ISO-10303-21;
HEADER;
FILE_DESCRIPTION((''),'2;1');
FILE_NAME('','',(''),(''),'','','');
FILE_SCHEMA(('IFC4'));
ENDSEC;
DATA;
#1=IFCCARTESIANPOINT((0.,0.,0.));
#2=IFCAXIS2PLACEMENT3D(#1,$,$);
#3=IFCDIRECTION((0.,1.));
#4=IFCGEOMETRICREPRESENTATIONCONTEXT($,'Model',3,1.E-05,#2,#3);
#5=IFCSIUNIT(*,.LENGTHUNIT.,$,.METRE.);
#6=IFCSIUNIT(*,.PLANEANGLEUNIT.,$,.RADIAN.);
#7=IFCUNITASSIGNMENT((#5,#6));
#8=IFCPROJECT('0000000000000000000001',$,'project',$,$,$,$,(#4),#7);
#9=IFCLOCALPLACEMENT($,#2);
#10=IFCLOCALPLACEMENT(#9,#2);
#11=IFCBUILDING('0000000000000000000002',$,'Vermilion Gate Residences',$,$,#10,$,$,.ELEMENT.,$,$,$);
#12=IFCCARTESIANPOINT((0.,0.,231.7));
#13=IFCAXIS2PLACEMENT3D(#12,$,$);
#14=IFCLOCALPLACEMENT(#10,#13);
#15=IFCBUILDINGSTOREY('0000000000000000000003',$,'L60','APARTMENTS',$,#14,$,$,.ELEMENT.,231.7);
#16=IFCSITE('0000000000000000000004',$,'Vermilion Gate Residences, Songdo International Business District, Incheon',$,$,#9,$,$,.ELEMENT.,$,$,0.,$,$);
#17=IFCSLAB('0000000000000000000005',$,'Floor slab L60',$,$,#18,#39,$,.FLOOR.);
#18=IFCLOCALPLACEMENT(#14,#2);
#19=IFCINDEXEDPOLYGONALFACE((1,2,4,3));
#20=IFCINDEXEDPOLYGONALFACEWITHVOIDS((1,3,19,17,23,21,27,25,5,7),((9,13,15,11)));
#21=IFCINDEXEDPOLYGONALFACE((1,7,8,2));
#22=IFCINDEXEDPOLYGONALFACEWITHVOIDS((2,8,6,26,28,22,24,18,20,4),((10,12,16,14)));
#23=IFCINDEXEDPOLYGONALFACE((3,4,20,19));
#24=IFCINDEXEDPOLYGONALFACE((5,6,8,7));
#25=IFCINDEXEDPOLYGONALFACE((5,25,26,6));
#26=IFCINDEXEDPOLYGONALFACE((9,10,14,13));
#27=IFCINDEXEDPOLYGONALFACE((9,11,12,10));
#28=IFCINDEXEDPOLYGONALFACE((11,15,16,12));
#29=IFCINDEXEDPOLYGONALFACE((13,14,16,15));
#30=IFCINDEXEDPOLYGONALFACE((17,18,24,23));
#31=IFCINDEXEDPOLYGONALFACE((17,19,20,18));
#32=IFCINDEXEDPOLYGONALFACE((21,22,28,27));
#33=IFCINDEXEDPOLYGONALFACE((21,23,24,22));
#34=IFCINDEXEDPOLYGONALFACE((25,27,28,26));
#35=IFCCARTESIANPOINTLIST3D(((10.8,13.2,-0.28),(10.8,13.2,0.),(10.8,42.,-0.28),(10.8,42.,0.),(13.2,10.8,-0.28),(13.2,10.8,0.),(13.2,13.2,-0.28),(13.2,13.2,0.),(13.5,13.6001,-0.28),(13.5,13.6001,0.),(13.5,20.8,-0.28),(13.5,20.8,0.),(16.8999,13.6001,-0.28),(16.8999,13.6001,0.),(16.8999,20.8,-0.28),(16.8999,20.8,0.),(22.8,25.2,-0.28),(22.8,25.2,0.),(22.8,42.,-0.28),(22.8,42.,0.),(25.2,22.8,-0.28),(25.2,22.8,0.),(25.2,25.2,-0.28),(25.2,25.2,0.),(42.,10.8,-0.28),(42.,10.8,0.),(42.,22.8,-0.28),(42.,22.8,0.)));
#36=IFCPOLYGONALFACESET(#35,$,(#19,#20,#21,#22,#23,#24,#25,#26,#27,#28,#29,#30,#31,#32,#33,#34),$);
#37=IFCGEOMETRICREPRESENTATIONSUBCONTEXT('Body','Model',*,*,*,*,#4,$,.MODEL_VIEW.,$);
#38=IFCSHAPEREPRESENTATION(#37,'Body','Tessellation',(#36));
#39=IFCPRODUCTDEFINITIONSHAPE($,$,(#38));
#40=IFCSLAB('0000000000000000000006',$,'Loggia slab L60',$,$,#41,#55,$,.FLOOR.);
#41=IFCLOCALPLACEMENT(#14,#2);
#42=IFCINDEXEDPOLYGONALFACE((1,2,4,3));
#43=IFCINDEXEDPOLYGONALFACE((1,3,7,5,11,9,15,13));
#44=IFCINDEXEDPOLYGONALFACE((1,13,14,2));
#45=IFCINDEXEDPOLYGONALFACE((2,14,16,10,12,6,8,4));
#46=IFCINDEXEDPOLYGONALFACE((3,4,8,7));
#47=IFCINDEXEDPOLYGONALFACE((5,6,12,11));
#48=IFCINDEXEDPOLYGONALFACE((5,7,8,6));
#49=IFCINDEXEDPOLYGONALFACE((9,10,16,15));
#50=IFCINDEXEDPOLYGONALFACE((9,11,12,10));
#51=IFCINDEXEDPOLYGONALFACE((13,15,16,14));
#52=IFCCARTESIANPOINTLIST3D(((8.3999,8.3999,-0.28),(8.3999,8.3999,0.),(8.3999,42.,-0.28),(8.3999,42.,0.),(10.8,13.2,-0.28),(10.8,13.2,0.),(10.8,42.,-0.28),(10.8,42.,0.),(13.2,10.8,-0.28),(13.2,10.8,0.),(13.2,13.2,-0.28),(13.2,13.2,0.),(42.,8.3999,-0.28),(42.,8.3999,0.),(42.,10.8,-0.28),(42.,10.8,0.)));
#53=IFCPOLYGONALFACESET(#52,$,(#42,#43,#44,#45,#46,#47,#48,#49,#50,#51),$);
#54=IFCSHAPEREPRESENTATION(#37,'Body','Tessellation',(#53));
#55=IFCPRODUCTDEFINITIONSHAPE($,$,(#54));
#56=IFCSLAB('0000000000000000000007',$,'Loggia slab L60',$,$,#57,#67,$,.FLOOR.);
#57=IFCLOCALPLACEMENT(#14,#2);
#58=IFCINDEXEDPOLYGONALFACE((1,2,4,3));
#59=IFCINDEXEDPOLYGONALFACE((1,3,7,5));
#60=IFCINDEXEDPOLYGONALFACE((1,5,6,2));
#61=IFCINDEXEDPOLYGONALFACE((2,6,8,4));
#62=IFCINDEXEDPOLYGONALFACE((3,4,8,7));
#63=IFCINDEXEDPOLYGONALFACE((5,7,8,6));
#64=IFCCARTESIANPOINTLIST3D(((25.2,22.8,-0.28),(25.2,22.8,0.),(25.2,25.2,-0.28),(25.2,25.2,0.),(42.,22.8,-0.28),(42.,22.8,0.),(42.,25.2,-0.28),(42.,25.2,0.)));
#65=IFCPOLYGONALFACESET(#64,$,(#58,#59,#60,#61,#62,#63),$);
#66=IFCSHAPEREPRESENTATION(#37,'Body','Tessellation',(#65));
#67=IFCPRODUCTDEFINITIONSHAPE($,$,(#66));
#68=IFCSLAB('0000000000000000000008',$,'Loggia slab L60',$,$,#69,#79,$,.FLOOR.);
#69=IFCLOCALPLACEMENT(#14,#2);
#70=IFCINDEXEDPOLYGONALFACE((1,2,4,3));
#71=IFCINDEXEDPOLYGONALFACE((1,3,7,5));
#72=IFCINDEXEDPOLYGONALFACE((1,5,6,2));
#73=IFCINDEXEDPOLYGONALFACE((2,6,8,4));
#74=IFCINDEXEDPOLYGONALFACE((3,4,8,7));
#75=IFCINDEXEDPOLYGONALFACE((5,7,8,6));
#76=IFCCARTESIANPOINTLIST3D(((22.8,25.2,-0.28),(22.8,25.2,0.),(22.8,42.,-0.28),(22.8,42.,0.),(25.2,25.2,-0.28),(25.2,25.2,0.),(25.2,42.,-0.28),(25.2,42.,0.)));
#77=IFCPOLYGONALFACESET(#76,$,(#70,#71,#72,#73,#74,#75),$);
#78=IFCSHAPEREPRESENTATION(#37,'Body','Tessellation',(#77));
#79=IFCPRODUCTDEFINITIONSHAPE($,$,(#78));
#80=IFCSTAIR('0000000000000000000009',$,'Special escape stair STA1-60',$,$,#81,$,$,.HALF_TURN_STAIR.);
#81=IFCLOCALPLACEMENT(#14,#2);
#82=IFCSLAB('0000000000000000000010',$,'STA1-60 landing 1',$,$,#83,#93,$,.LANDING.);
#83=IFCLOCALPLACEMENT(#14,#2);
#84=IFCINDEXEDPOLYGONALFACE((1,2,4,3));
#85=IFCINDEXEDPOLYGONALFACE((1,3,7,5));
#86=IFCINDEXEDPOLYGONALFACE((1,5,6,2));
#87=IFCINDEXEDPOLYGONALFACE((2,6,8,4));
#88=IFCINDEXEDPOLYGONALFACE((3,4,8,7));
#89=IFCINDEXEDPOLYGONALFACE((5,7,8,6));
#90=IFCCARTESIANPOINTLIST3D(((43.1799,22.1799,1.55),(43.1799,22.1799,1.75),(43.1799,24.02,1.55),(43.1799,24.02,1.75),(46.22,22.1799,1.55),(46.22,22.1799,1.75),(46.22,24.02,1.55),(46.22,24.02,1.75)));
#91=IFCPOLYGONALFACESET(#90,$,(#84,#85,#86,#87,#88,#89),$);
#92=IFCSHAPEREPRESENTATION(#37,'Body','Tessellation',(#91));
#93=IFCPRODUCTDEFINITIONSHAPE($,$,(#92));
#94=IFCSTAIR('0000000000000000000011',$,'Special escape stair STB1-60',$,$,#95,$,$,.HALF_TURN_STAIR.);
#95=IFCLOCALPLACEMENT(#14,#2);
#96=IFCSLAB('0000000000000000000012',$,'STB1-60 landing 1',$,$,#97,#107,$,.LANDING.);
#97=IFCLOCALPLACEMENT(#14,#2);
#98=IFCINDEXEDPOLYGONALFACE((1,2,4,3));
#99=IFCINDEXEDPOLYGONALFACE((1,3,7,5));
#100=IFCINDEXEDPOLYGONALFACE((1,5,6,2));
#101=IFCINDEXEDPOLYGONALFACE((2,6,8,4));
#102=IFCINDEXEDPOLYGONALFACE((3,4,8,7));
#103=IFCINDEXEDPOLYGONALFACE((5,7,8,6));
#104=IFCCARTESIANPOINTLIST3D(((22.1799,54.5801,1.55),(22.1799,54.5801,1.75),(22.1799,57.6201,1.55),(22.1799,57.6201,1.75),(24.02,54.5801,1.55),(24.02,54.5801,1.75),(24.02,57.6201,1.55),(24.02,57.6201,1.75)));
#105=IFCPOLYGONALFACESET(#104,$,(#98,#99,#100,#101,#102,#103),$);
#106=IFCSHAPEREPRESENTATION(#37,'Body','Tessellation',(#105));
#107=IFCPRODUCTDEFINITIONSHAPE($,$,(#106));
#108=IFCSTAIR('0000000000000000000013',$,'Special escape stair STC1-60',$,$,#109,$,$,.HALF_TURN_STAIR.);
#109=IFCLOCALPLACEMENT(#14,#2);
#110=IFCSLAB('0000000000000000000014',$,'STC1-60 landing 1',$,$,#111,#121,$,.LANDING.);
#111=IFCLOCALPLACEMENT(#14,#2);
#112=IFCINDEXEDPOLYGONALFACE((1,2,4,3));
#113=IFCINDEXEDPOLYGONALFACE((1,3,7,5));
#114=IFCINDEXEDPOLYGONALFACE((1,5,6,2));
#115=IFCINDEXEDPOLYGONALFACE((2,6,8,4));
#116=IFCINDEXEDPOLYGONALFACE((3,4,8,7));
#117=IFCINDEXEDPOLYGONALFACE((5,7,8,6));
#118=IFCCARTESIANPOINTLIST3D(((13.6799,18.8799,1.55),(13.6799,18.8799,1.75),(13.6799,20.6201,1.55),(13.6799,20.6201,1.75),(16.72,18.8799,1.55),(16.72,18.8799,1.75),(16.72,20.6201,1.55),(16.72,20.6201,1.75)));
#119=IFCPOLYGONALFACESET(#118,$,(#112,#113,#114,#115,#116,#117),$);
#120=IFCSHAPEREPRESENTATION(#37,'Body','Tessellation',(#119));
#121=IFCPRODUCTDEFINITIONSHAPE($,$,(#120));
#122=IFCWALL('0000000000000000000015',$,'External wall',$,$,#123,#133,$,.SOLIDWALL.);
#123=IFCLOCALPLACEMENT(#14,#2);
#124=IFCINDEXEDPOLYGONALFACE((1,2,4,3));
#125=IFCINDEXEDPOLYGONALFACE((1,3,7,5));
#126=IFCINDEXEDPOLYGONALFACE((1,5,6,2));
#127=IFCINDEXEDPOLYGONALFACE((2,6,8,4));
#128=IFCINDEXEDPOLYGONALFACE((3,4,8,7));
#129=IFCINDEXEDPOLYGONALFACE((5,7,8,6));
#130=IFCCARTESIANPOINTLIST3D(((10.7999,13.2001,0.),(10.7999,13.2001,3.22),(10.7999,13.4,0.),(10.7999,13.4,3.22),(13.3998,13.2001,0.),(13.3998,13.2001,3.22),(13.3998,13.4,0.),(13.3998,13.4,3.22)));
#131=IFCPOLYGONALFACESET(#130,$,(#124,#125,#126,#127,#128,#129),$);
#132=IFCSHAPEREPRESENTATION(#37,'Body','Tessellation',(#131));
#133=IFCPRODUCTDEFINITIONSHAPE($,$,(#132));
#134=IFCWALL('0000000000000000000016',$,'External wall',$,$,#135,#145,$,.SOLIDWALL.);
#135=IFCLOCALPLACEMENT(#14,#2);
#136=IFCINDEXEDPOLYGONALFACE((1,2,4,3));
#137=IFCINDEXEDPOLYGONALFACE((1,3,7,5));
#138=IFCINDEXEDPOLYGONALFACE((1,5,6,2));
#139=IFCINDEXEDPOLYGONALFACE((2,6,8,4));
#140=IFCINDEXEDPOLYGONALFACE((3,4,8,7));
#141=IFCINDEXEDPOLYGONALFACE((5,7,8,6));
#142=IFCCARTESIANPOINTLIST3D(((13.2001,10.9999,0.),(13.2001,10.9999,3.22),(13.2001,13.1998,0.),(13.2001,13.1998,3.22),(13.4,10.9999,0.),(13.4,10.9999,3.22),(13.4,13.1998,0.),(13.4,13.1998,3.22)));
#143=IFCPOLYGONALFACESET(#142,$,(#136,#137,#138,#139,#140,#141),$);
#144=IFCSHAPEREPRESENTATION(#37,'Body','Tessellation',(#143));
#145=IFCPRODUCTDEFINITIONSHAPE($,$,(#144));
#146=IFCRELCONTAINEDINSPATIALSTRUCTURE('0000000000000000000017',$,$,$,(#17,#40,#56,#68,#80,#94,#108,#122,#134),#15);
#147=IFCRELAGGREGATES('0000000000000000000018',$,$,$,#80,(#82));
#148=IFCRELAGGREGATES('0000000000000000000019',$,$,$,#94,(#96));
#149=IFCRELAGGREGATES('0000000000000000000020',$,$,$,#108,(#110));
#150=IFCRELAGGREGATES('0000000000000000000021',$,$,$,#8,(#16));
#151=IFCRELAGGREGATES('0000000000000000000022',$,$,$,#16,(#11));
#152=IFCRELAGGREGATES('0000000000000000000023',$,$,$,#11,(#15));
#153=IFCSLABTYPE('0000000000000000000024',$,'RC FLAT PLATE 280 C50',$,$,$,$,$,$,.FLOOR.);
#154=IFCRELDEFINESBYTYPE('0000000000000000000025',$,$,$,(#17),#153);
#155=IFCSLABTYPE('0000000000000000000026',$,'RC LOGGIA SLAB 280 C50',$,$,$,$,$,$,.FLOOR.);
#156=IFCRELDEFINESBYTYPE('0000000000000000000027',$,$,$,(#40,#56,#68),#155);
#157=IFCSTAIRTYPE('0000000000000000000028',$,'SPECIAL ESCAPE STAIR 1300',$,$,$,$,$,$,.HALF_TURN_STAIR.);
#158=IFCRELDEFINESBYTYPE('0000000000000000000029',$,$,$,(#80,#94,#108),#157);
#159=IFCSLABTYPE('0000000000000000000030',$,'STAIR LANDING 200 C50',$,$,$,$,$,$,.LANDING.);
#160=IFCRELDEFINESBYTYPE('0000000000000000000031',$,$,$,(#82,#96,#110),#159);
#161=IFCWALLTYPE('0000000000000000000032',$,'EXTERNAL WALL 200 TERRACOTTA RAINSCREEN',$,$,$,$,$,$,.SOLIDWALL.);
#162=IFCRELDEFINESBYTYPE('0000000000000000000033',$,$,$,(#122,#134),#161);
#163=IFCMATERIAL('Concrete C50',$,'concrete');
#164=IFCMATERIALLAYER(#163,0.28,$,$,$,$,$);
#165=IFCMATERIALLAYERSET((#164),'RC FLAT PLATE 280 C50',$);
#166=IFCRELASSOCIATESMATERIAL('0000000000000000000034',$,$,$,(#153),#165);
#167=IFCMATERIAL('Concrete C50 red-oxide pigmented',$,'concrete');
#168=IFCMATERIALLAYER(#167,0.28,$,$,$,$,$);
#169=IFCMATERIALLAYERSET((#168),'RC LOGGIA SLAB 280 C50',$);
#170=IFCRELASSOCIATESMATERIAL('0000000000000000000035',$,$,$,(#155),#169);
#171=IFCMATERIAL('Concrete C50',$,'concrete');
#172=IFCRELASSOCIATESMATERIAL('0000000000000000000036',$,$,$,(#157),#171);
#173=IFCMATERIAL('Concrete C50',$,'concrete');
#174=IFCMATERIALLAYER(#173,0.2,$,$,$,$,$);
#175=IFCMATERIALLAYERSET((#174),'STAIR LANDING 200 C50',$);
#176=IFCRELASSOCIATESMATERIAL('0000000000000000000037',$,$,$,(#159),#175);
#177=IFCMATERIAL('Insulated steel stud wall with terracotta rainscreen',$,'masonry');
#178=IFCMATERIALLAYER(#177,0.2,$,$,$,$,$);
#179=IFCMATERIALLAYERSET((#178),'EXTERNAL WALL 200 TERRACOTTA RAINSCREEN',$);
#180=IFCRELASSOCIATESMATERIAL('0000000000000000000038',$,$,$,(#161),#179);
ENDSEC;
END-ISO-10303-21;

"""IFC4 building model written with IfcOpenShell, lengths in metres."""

from ifc_helpers import new_model, si_unit, direction, frame, frame_2d, origin, place, context, subcontext, project, spatial, polyline, rectangle, outline, extrude, material, layer, layer_set, type_object, element, aggregate, save


model = new_model("IFC4")

# Units and contexts
model_context = context("Model", 3, precision=1e-05, world=origin(), true_north=direction((0.0, 1.0)))
body_context = subcontext(model_context, "Body", "Model", "MODEL_VIEW")
ifc_project = project(units=[si_unit("LENGTHUNIT", "METRE"), si_unit("PLANEANGLEUNIT", "RADIAN")], contexts=[model_context])

# Site, building, storey
site_placement = place(None, origin())
site = spatial("IfcSite", under=ifc_project, at=site_placement, Name="Vermilion Gate Residences, Songdo International Business District, Incheon", CompositionType="ELEMENT", RefElevation=0.0)
building_placement = place(site_placement, origin())
building = spatial("IfcBuilding", under=site, at=building_placement, Name="Vermilion Gate Residences", CompositionType="ELEMENT")
storey_placement = place(building_placement, frame((0.0, 0.0, 231.7)))
storey = spatial("IfcBuildingStorey", under=building, at=storey_placement, Name="L60", Description="APARTMENTS", CompositionType="ELEMENT", Elevation=231.7)

# Slabs
ifc_material_1 = material(Name="Concrete C50", Category="concrete")
ifc_layer_1 = layer(ifc_material_1, 0.28)
ifc_layer_set_1 = layer_set([ifc_layer_1], Name="RC FLAT PLATE 280 C50")
slab_type_1 = type_object("IfcSlabType", Name="RC FLAT PLATE 280 C50", PredefinedType="FLOOR", material=ifc_layer_set_1)
slab_1_placement = place(storey_placement, frame((0.0, 0.0, -0.28)))
element("IfcSlab", 1, at=slab_1_placement, inside=storey, type_object=slab_type_1, Name="Floor slab L60", PredefinedType="FLOOR", context=body_context, shape_type="SweptSolid", body=[
    extrude(outline(polyline([(22.8, 25.2), (22.8, 42.0), (10.8, 42.0), (10.8, 13.2), (13.2, 13.2), (13.2, 10.8), (42.0, 10.8), (42.0, 22.8), (25.2, 22.8), (25.2, 25.2), (22.8, 25.2)]), holes=[polyline([(13.5, 13.6001), (13.5, 20.8), (16.8999, 20.8), (16.8999, 13.6001), (13.5, 13.6001)])]), origin(), (0.0, 0.0, 1.0), 0.28),
])
ifc_material_2 = material(Name="Concrete C50 red-oxide pigmented", Category="concrete")
ifc_layer_2 = layer(ifc_material_2, 0.28)
ifc_layer_set_2 = layer_set([ifc_layer_2], Name="RC LOGGIA SLAB 280 C50")
slab_type_2 = type_object("IfcSlabType", Name="RC LOGGIA SLAB 280 C50", PredefinedType="FLOOR", material=ifc_layer_set_2)
slab_2_placement = place(storey_placement, frame((0.0, 0.0, -0.28)))
element("IfcSlab", 2, at=slab_2_placement, inside=storey, type_object=slab_type_2, Name="Loggia slab L60", PredefinedType="FLOOR", context=body_context, shape_type="SweptSolid", body=[
    extrude(outline(polyline([(8.3999, 8.3999), (42.0, 8.3999), (42.0, 10.8), (13.2, 10.8), (13.2, 13.2), (10.8, 13.2), (10.8, 42.0), (8.3999, 42.0), (8.3999, 8.3999)])), origin(), (0.0, 0.0, 1.0), 0.28),
])
slab_3_placement = place(storey_placement, frame((0.0, 0.0, -0.28)))
element("IfcSlab", 3, at=slab_3_placement, inside=storey, type_object=slab_type_2, Name="Loggia slab L60", PredefinedType="FLOOR", context=body_context, shape_type="SweptSolid", body=[
    extrude(outline(polyline([(25.2, 22.8), (42.0, 22.8), (42.0, 25.2), (25.2, 25.2), (25.2, 22.8)])), origin(), (0.0, 0.0, 1.0), 0.28),
])
slab_4_placement = place(storey_placement, frame((0.0, 0.0, -0.28)))
element("IfcSlab", 4, at=slab_4_placement, inside=storey, type_object=slab_type_2, Name="Loggia slab L60", PredefinedType="FLOOR", context=body_context, shape_type="SweptSolid", body=[
    extrude(outline(polyline([(25.2, 42.0), (22.8, 42.0), (22.8, 25.2), (25.2, 25.2), (25.2, 42.0)])), origin(), (0.0, 0.0, 1.0), 0.28),
])

# Stairs, slabs
ifc_material_3 = material(Name="Concrete C50", Category="concrete")
stair_type = type_object("IfcStairType", Name="SPECIAL ESCAPE STAIR 1300", PredefinedType="HALF_TURN_STAIR", material=ifc_material_3)
stair_1_placement = place(storey_placement, origin())
stair_1 = element("IfcStair", 5, at=stair_1_placement, inside=storey, type_object=stair_type, Name="Special escape stair STA1-60", PredefinedType="HALF_TURN_STAIR")
ifc_material_4 = material(Name="Concrete C50", Category="concrete")
ifc_layer_3 = layer(ifc_material_4, 0.2)
ifc_layer_set_3 = layer_set([ifc_layer_3], Name="STAIR LANDING 200 C50")
slab_type_3 = type_object("IfcSlabType", Name="STAIR LANDING 200 C50", PredefinedType="LANDING", material=ifc_layer_set_3)
slab_5_placement = place(storey_placement, frame((0.0, 0.0, 1.55)))
slab_5 = element("IfcSlab", 6, at=slab_5_placement, type_object=slab_type_3, Name="STA1-60 landing 1", PredefinedType="LANDING", context=body_context, shape_type="SweptSolid", body=[
    extrude(outline(polyline([(46.22, 22.1799), (46.22, 24.02), (43.1799, 24.02), (43.1799, 22.1799), (46.22, 22.1799)])), origin(), (0.0, 0.0, 1.0), 0.2),
])
aggregate(stair_1, [slab_5])
stair_2_placement = place(storey_placement, origin())
stair_2 = element("IfcStair", 7, at=stair_2_placement, inside=storey, type_object=stair_type, Name="Special escape stair STB1-60", PredefinedType="HALF_TURN_STAIR")
slab_6_placement = place(storey_placement, frame((0.0, 0.0, 1.55)))
slab_6 = element("IfcSlab", 8, at=slab_6_placement, type_object=slab_type_3, Name="STB1-60 landing 1", PredefinedType="LANDING", context=body_context, shape_type="SweptSolid", body=[
    extrude(outline(polyline([(24.02, 54.5801), (24.02, 57.6201), (22.1799, 57.6201), (22.1799, 54.5801), (24.02, 54.5801)])), origin(), (0.0, 0.0, 1.0), 0.2),
])
aggregate(stair_2, [slab_6])
stair_3_placement = place(storey_placement, origin())
stair_3 = element("IfcStair", 9, at=stair_3_placement, inside=storey, type_object=stair_type, Name="Special escape stair STC1-60", PredefinedType="HALF_TURN_STAIR")
slab_7_placement = place(storey_placement, frame((0.0, 0.0, 1.55)))
slab_7 = element("IfcSlab", 10, at=slab_7_placement, type_object=slab_type_3, Name="STC1-60 landing 1", PredefinedType="LANDING", context=body_context, shape_type="SweptSolid", body=[
    extrude(outline(polyline([(16.72, 18.8799), (16.72, 20.6201), (13.6799, 20.6201), (13.6799, 18.8799), (16.72, 18.8799)])), origin(), (0.0, 0.0, 1.0), 0.2),
])
aggregate(stair_3, [slab_7])

# Walls
ifc_material_5 = material(Name="Insulated steel stud wall with terracotta rainscreen", Category="masonry")
ifc_layer_4 = layer(ifc_material_5, 0.2)
ifc_layer_set_4 = layer_set([ifc_layer_4], Name="EXTERNAL WALL 200 TERRACOTTA RAINSCREEN")
wall_type_1 = type_object("IfcWallType", Name="EXTERNAL WALL 200 TERRACOTTA RAINSCREEN", PredefinedType="SOLIDWALL", material=ifc_layer_set_4)
wall_1_placement = place(storey_placement, frame((10.8, 13.3, 0.0), z_axis=(0.0, 0.0, 1.0), x_axis=(1.0, 0.0, 0.0)))
element("IfcWall", 11, at=wall_1_placement, inside=storey, type_object=wall_type_1, Name="External wall", PredefinedType="SOLIDWALL", context=body_context, shape_type="SweptSolid", body=[
    extrude(rectangle(XDim=2.5999, YDim=0.2, at=frame_2d((1.2998, 0.0))), origin(), (0.0, 0.0, 1.0), 3.22),
])
wall_2_placement = place(storey_placement, frame((13.3, 13.2, 0.0), z_axis=(0.0, 0.0, 1.0), x_axis=(0.0, -1.0, 0.0)))
element("IfcWall", 12, at=wall_2_placement, inside=storey, type_object=wall_type_1, Name="External wall", PredefinedType="SOLIDWALL", context=body_context, shape_type="SweptSolid", body=[
    extrude(rectangle(XDim=2.2, YDim=0.2, at=frame_2d((1.1001, 0.0))), origin(), (0.0, 0.0, 1.0), 3.22),
])

save(model, "model.ifc")
